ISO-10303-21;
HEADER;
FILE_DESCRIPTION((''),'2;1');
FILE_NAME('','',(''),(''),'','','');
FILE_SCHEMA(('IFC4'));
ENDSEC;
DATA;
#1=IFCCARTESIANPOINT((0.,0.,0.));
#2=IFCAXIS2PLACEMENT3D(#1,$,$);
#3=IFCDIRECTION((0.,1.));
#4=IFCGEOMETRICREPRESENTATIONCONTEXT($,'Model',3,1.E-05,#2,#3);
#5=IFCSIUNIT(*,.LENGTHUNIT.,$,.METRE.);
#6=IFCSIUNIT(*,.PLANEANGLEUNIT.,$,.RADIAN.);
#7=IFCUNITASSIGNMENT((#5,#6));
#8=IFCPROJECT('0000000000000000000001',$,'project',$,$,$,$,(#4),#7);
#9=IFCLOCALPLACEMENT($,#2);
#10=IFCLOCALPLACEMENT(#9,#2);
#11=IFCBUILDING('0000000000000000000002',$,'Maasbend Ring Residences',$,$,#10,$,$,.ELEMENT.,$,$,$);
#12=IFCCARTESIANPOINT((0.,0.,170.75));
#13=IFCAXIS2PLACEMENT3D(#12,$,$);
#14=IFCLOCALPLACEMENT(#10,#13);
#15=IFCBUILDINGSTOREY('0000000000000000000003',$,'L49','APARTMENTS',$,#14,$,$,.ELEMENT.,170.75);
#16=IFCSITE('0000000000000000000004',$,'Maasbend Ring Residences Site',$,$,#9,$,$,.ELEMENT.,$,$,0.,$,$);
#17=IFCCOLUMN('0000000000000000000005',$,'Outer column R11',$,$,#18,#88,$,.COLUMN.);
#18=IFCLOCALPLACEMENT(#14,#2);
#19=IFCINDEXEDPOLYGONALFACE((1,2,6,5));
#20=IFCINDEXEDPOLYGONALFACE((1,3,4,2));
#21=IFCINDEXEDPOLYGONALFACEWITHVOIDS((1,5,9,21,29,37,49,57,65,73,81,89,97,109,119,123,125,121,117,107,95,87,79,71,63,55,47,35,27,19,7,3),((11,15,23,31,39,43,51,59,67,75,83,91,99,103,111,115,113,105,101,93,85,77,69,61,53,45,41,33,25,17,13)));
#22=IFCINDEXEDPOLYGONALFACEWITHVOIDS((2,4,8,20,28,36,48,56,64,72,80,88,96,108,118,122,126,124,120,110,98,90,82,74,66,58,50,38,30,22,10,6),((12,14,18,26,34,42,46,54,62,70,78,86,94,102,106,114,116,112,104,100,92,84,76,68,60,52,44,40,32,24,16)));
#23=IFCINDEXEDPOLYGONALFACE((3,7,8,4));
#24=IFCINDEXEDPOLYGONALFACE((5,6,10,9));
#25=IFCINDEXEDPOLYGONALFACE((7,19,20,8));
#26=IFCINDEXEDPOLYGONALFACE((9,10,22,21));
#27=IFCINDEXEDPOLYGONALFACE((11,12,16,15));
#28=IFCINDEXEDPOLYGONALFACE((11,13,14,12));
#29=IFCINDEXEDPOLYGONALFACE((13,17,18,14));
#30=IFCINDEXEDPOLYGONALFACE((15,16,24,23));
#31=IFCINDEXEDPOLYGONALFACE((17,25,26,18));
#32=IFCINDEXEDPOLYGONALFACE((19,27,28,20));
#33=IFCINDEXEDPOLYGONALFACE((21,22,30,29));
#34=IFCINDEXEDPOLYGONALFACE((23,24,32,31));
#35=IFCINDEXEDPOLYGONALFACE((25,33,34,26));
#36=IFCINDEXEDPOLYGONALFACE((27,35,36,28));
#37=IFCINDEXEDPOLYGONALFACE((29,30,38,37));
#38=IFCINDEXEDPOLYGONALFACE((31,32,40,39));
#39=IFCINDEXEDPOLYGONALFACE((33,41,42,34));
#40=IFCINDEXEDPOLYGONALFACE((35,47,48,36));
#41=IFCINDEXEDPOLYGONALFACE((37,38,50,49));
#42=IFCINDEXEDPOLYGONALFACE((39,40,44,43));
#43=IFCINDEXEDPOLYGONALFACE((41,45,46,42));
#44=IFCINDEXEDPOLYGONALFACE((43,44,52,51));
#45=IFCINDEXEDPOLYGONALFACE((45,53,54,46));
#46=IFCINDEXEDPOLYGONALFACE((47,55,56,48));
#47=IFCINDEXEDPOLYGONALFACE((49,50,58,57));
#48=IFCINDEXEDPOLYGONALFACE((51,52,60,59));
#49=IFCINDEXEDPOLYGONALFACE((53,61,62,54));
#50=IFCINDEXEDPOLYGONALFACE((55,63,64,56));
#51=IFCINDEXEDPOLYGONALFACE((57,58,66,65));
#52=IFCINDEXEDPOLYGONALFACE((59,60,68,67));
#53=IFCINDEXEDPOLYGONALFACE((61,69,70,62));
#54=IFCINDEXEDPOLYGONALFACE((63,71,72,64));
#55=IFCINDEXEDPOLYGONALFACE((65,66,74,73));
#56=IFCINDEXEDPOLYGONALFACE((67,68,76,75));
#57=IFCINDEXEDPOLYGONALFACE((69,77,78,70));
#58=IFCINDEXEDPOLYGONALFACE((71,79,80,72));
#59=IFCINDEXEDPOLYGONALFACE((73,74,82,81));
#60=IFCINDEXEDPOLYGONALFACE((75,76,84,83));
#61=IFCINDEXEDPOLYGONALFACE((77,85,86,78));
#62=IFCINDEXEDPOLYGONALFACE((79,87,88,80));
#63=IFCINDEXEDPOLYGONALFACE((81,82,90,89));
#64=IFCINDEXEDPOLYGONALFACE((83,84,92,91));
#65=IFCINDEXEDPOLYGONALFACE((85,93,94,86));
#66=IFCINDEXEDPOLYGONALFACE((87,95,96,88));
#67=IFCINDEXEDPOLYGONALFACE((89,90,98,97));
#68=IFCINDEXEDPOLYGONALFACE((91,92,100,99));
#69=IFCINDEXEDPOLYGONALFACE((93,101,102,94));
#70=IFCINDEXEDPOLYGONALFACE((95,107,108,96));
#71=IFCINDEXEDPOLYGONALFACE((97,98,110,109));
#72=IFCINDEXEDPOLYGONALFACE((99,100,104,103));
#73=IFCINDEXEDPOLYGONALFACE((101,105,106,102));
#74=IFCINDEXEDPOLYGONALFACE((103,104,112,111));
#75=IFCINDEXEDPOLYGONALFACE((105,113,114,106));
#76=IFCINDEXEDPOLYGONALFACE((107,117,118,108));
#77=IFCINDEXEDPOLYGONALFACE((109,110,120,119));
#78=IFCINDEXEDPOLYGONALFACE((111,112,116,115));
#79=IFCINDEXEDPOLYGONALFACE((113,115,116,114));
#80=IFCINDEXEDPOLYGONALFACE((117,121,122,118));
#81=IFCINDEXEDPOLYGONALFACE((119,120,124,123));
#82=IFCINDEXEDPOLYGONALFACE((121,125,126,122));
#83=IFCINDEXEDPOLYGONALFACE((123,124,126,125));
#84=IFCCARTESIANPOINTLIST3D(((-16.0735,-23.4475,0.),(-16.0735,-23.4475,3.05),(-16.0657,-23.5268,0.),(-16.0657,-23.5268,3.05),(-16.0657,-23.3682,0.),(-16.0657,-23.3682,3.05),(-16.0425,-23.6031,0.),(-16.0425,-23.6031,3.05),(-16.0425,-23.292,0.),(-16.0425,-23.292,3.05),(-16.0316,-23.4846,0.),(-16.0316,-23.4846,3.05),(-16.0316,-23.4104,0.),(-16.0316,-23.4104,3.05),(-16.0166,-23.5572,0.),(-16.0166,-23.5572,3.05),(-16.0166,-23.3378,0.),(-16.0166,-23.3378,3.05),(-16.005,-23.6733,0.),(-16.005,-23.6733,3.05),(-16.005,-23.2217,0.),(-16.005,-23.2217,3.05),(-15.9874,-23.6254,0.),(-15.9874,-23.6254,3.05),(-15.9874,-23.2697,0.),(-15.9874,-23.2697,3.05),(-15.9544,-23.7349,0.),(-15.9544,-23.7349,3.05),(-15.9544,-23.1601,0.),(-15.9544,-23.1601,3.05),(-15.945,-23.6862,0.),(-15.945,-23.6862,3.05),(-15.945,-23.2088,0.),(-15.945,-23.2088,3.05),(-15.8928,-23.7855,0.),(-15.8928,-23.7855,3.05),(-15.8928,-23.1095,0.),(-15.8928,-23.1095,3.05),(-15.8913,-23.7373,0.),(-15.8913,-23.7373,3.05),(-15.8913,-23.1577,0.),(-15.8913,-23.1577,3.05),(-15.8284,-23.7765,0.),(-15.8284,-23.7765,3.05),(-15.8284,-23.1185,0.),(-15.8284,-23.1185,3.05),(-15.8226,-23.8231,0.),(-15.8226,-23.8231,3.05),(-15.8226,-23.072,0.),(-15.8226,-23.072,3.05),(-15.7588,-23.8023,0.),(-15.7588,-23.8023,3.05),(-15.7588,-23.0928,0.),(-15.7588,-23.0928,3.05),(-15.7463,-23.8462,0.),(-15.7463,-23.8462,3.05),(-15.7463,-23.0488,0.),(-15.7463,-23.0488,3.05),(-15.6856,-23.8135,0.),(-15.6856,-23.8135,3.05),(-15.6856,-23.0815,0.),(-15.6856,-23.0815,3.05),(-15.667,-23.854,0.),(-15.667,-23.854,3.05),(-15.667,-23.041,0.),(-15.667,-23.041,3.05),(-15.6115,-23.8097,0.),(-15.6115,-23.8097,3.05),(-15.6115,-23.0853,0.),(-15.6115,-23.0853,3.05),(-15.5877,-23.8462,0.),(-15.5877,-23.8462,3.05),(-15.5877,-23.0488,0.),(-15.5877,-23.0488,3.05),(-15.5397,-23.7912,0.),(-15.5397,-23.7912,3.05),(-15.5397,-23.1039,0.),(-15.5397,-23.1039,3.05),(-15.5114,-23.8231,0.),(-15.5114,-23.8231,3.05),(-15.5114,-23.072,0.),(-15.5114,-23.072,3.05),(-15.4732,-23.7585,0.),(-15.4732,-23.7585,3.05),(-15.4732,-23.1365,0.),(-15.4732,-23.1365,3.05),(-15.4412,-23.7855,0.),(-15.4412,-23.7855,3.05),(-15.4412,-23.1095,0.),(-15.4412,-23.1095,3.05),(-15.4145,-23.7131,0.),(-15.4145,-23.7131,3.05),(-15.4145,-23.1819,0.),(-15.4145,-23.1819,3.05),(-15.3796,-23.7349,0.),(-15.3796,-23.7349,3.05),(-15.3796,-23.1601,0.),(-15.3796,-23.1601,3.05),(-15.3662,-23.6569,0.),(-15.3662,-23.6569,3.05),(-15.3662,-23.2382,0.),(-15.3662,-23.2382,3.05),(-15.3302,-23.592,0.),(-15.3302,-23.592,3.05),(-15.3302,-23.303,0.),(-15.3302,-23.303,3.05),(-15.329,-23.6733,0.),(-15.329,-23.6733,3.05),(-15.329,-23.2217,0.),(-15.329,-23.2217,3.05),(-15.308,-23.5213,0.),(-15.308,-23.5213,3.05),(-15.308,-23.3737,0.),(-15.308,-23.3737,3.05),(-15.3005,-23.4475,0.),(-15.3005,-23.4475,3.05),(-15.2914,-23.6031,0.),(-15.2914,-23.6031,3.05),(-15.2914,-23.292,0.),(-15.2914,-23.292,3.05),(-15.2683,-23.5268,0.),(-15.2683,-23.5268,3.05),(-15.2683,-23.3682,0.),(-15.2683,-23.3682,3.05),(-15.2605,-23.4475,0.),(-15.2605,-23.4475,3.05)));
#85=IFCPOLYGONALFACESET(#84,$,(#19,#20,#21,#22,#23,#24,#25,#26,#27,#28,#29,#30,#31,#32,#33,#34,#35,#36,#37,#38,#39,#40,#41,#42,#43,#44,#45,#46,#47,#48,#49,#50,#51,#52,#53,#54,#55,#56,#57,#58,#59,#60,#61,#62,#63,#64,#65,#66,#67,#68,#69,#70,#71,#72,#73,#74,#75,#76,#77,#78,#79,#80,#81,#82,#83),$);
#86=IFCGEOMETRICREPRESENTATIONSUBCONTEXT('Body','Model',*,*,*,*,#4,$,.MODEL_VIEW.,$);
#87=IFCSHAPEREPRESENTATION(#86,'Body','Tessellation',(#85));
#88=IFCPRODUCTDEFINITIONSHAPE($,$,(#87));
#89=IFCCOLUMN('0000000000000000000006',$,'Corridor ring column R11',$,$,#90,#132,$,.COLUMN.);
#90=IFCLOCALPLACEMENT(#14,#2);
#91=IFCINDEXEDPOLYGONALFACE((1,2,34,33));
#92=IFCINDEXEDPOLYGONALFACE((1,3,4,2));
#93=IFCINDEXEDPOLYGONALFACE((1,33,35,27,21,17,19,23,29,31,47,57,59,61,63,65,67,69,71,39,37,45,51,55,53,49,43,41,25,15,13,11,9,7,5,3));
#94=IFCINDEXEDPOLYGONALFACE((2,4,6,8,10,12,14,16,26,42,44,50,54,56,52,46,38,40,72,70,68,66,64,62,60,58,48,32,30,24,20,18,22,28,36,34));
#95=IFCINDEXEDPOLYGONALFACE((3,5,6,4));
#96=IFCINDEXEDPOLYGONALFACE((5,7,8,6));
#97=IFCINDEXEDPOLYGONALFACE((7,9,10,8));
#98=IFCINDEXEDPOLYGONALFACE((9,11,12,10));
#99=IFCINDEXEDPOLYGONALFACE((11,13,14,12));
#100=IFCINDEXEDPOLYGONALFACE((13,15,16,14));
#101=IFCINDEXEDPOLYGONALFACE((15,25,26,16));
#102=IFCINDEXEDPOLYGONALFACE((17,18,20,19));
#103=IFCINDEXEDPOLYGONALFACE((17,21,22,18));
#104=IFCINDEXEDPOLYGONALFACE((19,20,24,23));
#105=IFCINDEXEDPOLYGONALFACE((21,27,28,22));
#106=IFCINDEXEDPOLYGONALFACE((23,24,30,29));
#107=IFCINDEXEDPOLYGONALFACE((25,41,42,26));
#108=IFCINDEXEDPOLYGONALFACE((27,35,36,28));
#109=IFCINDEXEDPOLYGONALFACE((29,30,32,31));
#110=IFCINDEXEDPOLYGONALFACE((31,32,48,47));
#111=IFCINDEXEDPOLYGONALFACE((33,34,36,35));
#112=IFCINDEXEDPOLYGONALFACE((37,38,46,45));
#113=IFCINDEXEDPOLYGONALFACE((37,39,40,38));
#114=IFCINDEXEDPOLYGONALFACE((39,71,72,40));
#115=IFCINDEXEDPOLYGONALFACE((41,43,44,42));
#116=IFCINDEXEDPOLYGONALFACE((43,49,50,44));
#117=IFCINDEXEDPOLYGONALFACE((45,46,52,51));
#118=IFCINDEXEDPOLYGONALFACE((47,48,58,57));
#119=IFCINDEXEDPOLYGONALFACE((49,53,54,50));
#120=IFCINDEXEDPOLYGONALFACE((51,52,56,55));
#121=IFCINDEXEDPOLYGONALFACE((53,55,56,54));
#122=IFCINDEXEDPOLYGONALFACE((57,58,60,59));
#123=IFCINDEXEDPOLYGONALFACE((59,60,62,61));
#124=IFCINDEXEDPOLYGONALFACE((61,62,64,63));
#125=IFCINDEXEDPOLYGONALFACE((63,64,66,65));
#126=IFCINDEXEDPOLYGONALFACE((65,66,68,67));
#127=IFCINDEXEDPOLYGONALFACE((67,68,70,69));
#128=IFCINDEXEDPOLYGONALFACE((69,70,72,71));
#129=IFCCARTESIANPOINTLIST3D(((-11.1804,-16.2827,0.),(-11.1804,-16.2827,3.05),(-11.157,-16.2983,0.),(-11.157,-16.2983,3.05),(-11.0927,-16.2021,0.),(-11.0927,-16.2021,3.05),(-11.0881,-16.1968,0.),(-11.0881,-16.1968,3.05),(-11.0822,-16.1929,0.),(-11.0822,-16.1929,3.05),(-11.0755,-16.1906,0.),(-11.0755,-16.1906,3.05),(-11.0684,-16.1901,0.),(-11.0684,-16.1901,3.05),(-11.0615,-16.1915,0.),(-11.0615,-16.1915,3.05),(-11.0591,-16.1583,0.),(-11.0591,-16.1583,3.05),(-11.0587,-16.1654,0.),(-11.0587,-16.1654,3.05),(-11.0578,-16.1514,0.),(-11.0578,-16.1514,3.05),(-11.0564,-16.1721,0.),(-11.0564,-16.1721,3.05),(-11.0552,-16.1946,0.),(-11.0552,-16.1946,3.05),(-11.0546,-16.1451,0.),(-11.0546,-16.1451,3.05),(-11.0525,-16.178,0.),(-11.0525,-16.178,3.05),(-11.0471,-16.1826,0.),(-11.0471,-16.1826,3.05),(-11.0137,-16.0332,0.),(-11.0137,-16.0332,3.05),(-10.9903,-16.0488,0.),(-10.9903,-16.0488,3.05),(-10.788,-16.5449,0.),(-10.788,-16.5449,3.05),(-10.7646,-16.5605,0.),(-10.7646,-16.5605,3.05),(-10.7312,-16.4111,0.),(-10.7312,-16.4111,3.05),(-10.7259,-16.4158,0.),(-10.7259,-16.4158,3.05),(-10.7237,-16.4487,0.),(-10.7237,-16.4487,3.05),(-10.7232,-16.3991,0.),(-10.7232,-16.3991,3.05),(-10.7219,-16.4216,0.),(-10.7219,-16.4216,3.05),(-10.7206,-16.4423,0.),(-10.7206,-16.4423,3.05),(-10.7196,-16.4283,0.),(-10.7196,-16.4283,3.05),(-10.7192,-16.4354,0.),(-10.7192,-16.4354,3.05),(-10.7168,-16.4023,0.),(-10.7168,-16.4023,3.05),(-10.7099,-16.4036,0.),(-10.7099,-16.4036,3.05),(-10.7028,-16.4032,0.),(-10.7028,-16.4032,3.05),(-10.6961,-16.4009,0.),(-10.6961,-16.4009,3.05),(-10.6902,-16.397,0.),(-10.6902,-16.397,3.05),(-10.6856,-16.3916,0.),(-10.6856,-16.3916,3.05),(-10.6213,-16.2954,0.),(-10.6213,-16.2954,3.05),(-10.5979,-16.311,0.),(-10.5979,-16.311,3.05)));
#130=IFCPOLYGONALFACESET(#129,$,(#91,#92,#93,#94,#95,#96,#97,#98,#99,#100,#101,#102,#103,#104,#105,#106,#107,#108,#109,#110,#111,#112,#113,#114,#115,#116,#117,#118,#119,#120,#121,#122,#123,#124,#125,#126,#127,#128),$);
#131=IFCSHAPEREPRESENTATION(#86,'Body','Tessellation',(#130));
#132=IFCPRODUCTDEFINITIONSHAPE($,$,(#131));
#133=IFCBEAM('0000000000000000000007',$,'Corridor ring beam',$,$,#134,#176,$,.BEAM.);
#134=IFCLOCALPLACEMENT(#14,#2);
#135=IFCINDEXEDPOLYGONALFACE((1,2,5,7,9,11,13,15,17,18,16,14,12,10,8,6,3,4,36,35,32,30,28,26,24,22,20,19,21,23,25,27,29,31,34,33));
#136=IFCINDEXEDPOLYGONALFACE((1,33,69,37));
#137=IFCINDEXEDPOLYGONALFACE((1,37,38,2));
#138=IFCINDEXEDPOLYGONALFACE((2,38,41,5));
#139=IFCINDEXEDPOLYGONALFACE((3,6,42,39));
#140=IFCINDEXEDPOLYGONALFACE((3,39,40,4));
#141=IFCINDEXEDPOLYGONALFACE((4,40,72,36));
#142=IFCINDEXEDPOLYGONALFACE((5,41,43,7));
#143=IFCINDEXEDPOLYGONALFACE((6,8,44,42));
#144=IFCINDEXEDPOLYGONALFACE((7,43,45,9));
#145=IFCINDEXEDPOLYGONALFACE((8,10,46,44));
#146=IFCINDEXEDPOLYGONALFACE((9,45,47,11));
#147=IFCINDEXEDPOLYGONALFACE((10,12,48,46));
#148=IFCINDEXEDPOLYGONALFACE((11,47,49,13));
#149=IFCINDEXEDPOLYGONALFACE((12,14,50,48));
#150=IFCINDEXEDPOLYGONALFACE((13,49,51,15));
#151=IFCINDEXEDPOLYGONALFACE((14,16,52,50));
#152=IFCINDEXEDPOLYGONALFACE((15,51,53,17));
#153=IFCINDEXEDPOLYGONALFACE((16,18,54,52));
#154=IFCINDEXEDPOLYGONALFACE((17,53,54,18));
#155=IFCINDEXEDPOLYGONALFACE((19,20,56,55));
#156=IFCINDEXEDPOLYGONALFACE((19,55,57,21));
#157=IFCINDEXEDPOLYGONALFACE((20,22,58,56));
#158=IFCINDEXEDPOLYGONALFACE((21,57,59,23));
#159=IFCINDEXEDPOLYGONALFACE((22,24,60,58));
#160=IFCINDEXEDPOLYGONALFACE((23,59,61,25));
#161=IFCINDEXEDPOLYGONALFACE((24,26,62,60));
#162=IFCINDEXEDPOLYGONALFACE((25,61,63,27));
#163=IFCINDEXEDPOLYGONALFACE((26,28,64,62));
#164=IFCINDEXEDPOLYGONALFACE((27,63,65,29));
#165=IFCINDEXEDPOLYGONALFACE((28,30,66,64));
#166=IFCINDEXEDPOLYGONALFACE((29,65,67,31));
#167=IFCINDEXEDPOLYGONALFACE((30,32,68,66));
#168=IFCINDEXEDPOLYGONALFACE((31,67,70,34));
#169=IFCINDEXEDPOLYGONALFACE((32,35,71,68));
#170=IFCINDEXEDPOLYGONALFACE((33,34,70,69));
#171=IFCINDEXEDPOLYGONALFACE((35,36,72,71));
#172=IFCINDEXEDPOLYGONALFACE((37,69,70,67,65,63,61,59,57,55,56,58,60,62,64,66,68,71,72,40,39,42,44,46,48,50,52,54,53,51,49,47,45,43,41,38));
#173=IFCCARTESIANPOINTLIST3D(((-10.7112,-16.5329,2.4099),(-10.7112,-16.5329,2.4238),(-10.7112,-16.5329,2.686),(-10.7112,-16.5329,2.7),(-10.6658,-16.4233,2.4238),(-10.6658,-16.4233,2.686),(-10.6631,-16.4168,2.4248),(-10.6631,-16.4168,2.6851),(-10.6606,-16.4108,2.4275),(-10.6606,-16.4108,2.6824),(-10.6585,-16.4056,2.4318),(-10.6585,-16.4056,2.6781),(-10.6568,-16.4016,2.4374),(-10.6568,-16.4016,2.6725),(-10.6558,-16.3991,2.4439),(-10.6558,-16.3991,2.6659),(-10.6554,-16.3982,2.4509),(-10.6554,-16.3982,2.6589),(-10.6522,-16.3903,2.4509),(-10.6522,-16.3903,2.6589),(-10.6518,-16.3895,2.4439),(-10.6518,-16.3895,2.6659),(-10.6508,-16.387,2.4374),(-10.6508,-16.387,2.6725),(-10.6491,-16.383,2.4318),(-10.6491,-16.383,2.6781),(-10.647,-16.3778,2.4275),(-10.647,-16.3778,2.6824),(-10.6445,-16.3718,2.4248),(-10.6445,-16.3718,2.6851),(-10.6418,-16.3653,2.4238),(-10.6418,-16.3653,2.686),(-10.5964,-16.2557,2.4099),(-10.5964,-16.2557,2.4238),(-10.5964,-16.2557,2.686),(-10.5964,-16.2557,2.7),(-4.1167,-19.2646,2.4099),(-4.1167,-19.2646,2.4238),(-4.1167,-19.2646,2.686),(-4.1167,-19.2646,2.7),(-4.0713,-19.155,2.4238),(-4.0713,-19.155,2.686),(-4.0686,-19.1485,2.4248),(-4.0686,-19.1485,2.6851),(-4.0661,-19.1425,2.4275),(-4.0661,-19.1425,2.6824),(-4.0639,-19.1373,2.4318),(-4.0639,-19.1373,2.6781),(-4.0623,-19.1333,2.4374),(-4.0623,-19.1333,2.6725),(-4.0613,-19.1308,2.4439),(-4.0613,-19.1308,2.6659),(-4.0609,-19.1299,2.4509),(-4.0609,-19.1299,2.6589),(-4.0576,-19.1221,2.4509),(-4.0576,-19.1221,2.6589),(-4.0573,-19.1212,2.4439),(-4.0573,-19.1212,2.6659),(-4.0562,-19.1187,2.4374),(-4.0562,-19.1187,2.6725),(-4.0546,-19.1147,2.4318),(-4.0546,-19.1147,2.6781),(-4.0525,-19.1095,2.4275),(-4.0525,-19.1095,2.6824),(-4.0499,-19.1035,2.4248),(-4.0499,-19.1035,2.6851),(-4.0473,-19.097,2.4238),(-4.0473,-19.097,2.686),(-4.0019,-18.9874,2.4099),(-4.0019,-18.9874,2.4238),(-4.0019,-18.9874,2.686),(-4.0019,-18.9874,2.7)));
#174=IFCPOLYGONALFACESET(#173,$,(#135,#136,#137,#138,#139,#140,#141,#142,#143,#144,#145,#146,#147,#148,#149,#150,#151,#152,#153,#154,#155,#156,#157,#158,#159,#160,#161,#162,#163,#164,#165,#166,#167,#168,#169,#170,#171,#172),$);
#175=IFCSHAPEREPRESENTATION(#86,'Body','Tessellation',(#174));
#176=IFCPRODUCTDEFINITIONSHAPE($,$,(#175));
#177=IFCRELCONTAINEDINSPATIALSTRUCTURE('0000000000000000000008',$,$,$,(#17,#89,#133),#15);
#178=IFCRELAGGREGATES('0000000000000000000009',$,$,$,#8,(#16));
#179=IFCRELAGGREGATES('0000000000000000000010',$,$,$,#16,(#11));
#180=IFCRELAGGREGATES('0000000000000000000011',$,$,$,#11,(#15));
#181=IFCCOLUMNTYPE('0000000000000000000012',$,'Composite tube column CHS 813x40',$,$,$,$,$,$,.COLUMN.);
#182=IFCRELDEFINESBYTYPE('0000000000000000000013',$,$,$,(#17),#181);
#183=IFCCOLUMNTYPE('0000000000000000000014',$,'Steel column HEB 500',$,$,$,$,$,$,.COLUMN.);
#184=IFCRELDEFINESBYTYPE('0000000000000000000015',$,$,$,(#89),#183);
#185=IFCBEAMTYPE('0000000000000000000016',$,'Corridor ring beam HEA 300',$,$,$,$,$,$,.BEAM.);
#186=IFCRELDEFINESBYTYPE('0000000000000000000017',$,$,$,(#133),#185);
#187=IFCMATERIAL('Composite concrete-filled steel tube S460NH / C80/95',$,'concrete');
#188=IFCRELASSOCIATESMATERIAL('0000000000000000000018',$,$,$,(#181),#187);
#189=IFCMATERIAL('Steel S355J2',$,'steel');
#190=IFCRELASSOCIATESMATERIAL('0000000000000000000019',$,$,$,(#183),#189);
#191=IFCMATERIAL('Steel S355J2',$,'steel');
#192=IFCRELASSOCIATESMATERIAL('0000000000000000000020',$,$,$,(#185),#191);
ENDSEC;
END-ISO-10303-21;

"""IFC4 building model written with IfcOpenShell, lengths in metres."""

from ifc_helpers import new_model, si_unit, direction, frame, origin, origin_2d, place, context, subcontext, project, spatial, hollow_circle, i_section, extrude, material, material_profile, profile_set, type_object, element, save


model = new_model("IFC4")

# Units and contexts
model_context = context("Model", 3, precision=1e-05, world=origin(), true_north=direction((0.0, 1.0)))
body_context = subcontext(model_context, "Body", "Model", "MODEL_VIEW")
ifc_project = project(units=[si_unit("LENGTHUNIT", "METRE"), si_unit("PLANEANGLEUNIT", "RADIAN")], contexts=[model_context])

# Site, building, storey
site_placement = place(None, origin())
site = spatial("IfcSite", under=ifc_project, at=site_placement, Name="Maasbend Ring Residences Site", CompositionType="ELEMENT", RefElevation=0.0)
building_placement = place(site_placement, origin())
building = spatial("IfcBuilding", under=site, at=building_placement, Name="Maasbend Ring Residences", CompositionType="ELEMENT")
storey_placement = place(building_placement, frame((0.0, 0.0, 170.75)))
storey = spatial("IfcBuildingStorey", under=building, at=storey_placement, Name="L49", Description="APARTMENTS", CompositionType="ELEMENT", Elevation=170.75)

# Columns
ifc_material_1 = material(Name="Composite concrete-filled steel tube S460NH / C80/95", Category="concrete")
ifc_material_profile_1 = material_profile(ifc_material_1, hollow_circle(Radius=0.4065, WallThickness=0.04, at=origin_2d()), Name="Composite tube column CHS 813x40")
ifc_profile_set_1 = profile_set([ifc_material_profile_1], Name="Composite concrete-filled steel tube S460NH / C80/95")
column_type_1 = type_object("IfcColumnType", Name="Composite tube column CHS 813x40", PredefinedType="COLUMN", material=ifc_profile_set_1)
column_1_placement = place(storey_placement, frame((-15.667, -23.4475, 0.0), z_axis=(0.0, 0.0, 1.0), x_axis=(1.0, 0.0, 0.0)))
element("IfcColumn", 1, at=column_1_placement, inside=storey, type_object=column_type_1, Name="Outer column R11", PredefinedType="COLUMN", context=body_context, shape_type="SweptSolid", body=[
    extrude(hollow_circle(Radius=0.4065, WallThickness=0.04, at=origin_2d()), origin(), (0.0, 0.0, 1.0), 3.05),
])
ifc_material_2 = material(Name="Steel S355J2", Category="steel")
ifc_material_profile_2 = material_profile(ifc_material_2, i_section(OverallWidth=0.3, OverallDepth=0.5, WebThickness=0.0144, FlangeThickness=0.0281, FilletRadius=0.0271, at=origin_2d()), Name="HEB 500")
ifc_profile_set_2 = profile_set([ifc_material_profile_2], Name="Steel S355J2")
column_type_2 = type_object("IfcColumnType", Name="Steel column HEB 500", PredefinedType="COLUMN", material=ifc_profile_set_2)
column_2_placement = place(storey_placement, frame((-10.8892, -16.2969, 0.0), z_axis=(0.0, 0.0, 1.0), x_axis=(-0.55557, -0.83147, 0.0)))
element("IfcColumn", 2, at=column_2_placement, inside=storey, type_object=column_type_2, Name="Corridor ring column R11", PredefinedType="COLUMN", context=body_context, shape_type="SweptSolid", body=[
    extrude(i_section(OverallWidth=0.3, OverallDepth=0.5, WebThickness=0.0144, FlangeThickness=0.0281, FilletRadius=0.0271, at=origin_2d()), origin(), (0.0, 0.0, 1.0), 3.05),
])

# Beam
ifc_material_3 = material(Name="Steel S355J2", Category="steel")
ifc_material_profile_3 = material_profile(ifc_material_3, i_section(OverallWidth=0.3, OverallDepth=0.29, WebThickness=0.0085, FlangeThickness=0.0139, FilletRadius=0.0271, at=origin_2d()), Name="HEA 300")
ifc_profile_set_3 = profile_set([ifc_material_profile_3], Name="Steel S355J2")
beam_type_1 = type_object("IfcBeamType", Name="Corridor ring beam HEA 300", PredefinedType="BEAM", material=ifc_profile_set_3)
beam_1_placement = place(storey_placement, frame((-10.6538, -16.3943, 2.5549), z_axis=(0.923871, -0.382703, 0.0), x_axis=(0.382703, 0.923871, 0.0)))
element("IfcBeam", 3, at=beam_1_placement, inside=storey, type_object=beam_type_1, Name="Corridor ring beam", PredefinedType="BEAM", context=body_context, shape_type="SweptSolid", body=[
    extrude(i_section(OverallWidth=0.3, OverallDepth=0.29, WebThickness=0.0085, FlangeThickness=0.0139, FilletRadius=0.0271, at=origin_2d()), origin(), (0.0, 0.0, 1.0), 7.1379),
])

save(model, "model.ifc")
